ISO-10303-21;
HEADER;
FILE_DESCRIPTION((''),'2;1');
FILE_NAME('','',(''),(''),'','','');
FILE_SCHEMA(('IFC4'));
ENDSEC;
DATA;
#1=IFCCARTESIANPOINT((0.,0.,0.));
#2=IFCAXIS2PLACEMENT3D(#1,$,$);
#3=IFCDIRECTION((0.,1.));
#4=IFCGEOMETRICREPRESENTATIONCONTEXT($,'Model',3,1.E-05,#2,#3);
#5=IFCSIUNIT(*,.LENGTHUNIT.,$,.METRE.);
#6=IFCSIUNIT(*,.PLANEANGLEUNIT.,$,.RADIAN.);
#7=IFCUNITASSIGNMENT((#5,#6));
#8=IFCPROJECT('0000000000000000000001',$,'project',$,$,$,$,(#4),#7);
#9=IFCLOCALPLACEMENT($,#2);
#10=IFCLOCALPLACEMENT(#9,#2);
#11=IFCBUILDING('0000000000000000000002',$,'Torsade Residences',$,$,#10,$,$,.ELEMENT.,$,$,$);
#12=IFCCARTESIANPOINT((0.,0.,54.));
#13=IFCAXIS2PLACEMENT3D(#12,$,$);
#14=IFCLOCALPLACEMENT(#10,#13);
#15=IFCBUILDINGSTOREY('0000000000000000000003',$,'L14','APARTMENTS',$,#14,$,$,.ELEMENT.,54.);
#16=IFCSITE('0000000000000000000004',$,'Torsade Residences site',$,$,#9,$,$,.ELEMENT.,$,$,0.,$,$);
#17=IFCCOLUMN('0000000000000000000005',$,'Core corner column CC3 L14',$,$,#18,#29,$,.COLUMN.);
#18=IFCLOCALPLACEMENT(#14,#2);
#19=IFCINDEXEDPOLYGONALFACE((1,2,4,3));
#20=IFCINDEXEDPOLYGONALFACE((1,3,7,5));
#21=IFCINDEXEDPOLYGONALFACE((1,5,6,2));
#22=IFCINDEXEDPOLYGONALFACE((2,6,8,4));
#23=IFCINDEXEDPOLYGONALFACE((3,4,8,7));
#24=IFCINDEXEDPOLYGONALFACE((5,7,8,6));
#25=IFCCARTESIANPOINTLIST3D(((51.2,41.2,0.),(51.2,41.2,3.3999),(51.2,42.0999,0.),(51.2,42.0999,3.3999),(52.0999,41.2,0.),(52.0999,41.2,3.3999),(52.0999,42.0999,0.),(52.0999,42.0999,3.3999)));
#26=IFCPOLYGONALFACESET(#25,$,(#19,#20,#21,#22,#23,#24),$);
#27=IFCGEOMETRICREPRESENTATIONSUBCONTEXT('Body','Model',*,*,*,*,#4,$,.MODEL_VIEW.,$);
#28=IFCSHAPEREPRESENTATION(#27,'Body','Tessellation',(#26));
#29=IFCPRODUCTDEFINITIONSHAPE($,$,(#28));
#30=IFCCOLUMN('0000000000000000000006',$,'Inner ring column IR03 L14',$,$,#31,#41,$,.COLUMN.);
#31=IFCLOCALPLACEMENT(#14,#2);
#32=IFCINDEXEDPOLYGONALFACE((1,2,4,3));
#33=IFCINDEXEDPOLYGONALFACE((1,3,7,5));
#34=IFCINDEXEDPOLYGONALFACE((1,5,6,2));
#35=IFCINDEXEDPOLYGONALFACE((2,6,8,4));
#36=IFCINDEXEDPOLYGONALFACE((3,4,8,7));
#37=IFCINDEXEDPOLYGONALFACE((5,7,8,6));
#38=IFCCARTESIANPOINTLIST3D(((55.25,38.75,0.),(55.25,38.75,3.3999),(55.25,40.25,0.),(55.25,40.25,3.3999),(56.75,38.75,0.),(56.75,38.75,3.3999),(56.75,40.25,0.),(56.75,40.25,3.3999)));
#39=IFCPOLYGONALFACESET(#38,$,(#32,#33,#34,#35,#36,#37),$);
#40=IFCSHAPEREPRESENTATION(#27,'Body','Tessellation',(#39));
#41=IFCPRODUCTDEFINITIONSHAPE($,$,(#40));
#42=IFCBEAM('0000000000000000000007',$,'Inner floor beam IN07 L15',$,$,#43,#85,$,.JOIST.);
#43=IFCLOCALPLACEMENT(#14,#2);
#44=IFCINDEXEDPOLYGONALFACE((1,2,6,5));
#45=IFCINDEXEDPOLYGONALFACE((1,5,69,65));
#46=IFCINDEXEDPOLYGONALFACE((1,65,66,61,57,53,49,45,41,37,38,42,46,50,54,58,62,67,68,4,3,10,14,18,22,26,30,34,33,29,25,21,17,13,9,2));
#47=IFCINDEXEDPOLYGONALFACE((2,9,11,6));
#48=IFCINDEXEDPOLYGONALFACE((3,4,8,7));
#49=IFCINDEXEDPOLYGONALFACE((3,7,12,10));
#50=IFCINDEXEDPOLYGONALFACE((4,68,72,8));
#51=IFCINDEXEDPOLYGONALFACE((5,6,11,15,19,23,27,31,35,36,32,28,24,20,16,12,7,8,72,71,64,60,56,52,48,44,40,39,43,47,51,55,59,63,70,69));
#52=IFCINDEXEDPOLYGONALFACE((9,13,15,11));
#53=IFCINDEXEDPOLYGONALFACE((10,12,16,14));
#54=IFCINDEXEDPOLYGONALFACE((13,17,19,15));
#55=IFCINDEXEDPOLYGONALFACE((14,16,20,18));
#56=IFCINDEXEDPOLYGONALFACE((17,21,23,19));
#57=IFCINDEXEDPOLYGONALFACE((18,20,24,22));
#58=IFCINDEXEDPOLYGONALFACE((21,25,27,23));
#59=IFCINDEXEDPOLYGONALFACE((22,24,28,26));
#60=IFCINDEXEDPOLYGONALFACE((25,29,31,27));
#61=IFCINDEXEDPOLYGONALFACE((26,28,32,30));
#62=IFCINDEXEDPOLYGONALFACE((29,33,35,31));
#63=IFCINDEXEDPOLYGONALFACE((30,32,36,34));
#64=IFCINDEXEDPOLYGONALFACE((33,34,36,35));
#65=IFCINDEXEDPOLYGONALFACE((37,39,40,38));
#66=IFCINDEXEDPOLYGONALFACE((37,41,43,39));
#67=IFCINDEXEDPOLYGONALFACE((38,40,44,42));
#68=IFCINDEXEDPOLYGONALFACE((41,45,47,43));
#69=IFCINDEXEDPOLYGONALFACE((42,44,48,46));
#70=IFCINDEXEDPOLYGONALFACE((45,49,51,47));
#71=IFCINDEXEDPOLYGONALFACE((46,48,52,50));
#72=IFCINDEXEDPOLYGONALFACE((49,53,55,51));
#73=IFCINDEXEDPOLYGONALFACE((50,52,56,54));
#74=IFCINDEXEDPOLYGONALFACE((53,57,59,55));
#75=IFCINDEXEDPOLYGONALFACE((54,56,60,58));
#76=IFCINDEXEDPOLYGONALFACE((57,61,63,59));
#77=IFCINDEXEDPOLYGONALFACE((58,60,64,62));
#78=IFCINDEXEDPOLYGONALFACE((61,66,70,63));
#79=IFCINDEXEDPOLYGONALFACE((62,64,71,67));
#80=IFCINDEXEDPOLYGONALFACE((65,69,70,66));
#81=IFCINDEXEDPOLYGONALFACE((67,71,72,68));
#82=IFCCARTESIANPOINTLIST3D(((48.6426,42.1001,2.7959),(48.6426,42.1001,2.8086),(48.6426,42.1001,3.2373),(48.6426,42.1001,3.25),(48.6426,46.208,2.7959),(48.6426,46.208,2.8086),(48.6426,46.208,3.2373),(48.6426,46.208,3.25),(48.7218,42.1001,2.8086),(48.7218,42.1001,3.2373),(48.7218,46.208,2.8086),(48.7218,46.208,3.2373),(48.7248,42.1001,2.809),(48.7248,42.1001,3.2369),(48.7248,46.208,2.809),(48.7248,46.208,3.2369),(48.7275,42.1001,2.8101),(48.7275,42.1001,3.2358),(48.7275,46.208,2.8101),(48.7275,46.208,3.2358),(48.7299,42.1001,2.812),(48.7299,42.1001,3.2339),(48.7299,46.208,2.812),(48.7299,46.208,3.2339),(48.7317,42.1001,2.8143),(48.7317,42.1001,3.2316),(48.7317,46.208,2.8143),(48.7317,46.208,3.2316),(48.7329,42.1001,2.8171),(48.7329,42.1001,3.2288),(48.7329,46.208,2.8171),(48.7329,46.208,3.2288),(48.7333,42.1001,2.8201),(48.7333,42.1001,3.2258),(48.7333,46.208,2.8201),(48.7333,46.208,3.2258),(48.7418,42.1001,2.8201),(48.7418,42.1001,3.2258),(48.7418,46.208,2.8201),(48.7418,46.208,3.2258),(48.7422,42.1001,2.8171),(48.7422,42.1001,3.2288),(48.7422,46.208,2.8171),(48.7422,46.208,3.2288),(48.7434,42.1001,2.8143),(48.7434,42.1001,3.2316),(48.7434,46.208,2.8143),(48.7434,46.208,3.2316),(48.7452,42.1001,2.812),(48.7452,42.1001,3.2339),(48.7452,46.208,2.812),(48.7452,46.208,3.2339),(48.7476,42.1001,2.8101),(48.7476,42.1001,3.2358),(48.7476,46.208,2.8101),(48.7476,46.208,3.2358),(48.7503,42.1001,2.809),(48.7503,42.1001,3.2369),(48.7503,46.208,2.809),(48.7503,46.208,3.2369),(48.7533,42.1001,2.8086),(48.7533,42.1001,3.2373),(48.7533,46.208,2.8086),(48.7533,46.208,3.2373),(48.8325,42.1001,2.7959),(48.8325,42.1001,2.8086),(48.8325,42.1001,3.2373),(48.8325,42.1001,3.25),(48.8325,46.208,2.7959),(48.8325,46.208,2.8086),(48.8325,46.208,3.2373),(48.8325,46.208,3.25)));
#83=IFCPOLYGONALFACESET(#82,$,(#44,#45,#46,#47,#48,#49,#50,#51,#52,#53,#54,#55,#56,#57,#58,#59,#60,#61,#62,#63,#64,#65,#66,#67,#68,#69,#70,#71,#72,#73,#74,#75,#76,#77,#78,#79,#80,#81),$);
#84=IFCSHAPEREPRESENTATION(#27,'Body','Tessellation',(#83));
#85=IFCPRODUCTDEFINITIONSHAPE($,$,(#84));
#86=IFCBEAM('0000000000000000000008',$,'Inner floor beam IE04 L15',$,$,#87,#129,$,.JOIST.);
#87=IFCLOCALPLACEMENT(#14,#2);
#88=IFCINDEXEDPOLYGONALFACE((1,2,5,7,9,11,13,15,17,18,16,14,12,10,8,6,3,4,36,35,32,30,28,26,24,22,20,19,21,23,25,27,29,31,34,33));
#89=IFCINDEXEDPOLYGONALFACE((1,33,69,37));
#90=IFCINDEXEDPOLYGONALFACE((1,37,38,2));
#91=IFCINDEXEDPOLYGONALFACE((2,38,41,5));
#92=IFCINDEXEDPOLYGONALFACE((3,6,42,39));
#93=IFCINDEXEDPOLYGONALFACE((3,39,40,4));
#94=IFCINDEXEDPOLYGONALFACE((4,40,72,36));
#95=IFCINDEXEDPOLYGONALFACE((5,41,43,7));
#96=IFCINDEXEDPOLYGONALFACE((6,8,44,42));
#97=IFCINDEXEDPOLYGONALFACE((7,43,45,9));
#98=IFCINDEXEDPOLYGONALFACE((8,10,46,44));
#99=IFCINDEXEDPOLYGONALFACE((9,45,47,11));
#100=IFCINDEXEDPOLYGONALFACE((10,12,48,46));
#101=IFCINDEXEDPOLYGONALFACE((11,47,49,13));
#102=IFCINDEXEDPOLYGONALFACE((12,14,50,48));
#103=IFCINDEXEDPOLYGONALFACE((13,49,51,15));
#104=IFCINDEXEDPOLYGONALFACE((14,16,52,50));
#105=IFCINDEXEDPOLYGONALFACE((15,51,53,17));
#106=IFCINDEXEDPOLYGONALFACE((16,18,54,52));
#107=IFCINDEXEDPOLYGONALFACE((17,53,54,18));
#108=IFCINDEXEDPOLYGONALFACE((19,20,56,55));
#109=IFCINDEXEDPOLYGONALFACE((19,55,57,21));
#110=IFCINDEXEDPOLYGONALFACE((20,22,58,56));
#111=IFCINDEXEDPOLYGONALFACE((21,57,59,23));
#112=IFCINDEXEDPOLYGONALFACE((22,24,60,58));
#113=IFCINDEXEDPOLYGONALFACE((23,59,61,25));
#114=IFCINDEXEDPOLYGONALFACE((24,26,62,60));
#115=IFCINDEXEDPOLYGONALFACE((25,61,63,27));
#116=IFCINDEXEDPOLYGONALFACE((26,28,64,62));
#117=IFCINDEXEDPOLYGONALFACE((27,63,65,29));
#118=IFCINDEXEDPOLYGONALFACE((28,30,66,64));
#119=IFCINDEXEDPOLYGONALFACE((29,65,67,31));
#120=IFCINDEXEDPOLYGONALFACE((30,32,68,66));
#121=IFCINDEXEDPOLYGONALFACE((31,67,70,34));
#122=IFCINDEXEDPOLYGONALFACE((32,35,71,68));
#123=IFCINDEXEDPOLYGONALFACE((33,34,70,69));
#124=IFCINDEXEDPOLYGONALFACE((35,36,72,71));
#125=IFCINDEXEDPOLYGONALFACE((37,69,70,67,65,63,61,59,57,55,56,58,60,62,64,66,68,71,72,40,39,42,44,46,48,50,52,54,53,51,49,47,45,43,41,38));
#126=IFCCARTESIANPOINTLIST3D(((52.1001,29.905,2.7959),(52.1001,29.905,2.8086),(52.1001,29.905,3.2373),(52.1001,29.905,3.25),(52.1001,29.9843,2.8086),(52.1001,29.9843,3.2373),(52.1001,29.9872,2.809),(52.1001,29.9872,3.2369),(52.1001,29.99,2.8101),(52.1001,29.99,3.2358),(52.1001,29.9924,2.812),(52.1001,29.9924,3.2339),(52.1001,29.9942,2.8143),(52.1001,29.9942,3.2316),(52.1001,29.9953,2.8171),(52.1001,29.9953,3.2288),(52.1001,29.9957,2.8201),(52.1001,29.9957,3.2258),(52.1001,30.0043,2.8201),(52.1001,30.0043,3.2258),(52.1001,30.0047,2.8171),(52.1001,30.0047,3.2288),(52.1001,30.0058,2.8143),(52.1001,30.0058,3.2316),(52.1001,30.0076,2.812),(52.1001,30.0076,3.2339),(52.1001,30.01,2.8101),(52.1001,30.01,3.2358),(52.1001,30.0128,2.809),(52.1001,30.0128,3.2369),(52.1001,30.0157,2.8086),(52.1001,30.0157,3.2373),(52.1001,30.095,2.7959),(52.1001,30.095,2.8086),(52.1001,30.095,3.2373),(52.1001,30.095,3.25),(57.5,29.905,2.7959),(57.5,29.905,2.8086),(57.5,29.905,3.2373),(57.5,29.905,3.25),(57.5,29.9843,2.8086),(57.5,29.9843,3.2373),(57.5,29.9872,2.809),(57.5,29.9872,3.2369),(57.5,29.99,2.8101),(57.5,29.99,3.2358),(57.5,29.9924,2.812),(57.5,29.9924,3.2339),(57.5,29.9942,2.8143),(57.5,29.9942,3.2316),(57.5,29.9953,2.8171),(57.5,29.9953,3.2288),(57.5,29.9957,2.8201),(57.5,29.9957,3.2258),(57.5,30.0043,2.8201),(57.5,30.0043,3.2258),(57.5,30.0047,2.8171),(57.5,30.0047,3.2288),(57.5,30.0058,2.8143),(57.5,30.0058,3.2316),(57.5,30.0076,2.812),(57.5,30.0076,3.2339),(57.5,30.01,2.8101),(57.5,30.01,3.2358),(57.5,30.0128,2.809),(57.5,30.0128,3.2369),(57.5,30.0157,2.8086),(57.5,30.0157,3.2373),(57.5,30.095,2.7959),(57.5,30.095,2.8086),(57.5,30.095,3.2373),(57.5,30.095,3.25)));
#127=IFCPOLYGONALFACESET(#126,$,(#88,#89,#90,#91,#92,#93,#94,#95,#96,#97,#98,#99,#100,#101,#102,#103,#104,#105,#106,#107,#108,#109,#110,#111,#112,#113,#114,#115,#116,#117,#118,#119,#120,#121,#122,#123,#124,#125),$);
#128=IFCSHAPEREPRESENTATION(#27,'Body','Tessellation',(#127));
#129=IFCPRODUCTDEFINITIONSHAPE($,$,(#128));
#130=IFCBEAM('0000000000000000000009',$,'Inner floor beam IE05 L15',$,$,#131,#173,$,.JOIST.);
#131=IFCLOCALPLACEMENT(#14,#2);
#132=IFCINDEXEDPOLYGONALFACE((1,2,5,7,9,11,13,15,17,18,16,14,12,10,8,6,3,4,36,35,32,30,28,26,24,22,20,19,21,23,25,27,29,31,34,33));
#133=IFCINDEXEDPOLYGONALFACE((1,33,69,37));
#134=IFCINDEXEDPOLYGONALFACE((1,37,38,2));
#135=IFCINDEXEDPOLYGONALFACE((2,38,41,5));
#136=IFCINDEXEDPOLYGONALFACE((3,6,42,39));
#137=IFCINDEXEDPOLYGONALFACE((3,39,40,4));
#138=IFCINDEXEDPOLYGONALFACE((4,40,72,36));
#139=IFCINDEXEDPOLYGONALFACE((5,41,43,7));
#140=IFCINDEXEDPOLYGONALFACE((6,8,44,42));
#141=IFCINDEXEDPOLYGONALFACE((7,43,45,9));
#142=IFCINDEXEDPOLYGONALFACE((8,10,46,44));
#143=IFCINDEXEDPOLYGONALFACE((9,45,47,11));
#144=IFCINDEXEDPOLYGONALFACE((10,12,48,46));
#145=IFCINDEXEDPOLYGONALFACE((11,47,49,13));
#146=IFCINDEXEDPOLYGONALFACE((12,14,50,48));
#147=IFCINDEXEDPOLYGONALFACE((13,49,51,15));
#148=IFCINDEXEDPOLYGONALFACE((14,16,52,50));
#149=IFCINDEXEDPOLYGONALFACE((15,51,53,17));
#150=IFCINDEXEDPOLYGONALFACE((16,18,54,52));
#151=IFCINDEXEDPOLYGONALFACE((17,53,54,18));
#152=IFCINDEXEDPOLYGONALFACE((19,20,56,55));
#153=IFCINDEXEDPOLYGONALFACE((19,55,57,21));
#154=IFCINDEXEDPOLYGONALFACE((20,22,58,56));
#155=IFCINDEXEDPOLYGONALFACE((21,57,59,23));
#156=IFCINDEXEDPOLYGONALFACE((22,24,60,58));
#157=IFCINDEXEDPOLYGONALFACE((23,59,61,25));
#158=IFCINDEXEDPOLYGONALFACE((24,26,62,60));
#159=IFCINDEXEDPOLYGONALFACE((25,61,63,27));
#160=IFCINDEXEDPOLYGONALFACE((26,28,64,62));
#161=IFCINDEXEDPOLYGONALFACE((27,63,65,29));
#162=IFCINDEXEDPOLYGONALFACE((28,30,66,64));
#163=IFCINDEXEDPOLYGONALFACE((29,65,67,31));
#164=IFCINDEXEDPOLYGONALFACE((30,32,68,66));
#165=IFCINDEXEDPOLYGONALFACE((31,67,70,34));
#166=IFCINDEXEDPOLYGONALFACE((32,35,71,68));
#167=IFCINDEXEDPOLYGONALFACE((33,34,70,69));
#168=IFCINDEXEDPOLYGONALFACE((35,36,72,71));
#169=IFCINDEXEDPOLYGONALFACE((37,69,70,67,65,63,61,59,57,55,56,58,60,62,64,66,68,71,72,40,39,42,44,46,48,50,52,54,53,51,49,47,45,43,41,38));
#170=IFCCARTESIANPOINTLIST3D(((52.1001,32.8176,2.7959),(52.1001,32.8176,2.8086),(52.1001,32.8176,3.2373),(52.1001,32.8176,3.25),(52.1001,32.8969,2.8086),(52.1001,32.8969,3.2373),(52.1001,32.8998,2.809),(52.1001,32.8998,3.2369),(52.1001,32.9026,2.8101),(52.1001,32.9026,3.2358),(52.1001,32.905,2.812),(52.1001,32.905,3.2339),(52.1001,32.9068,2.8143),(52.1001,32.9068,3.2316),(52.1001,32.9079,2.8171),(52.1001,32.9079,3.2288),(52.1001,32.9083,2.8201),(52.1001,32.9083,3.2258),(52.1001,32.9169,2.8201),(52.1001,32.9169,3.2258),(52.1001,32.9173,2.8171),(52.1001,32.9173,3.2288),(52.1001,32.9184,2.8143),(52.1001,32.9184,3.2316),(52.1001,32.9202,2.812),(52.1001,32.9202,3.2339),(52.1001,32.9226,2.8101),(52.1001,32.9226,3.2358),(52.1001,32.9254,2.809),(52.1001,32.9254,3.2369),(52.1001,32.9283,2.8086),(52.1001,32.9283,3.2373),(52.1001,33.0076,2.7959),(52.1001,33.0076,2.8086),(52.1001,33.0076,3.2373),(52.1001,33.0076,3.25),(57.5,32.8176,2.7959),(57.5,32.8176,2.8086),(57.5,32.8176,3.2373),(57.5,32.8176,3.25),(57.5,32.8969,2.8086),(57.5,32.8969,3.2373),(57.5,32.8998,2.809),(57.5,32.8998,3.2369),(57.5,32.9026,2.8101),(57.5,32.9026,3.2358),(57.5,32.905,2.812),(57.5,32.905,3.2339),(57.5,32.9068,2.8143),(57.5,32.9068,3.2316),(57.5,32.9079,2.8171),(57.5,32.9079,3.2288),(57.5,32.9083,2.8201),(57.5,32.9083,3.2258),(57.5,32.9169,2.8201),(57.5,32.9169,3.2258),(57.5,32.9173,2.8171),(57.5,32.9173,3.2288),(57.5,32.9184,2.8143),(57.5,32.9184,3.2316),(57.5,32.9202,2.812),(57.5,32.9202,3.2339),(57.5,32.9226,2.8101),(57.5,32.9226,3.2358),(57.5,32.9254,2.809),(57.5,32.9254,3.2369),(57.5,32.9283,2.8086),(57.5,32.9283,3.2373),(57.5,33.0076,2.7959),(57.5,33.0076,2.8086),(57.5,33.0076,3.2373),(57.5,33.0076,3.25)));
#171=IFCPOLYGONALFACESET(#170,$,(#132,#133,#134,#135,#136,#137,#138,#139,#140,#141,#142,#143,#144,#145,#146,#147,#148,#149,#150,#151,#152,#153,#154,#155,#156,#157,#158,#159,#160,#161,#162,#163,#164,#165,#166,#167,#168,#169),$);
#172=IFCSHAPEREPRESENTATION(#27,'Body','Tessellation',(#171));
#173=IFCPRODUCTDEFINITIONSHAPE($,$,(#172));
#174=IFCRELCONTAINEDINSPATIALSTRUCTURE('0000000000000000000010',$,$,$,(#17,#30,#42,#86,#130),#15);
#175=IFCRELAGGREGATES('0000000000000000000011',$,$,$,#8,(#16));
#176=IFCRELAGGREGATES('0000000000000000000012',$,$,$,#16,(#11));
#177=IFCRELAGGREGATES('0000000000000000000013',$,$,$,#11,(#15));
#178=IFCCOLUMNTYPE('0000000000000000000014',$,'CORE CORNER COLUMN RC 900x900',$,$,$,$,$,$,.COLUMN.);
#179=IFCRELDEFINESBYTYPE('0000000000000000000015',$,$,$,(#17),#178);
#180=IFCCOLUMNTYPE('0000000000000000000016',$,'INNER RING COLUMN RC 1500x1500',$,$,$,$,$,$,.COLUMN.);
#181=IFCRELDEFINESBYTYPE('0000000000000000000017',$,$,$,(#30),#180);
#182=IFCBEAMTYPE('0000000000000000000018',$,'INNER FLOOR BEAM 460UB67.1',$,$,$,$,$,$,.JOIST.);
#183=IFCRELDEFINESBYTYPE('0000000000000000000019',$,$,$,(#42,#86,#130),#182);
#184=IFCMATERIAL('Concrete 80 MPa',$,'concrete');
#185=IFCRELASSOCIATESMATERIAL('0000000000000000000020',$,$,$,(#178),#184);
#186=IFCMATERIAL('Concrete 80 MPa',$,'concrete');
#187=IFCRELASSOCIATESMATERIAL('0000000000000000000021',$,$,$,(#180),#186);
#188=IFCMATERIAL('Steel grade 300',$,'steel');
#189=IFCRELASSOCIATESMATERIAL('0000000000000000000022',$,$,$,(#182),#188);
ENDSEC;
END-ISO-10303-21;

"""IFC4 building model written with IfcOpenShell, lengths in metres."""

from ifc_helpers import new_model, si_unit, direction, frame, origin, origin_2d, place, context, subcontext, project, spatial, rectangle, i_section, extrude, material, material_profile, profile_set, type_object, element, save


model = new_model("IFC4")

# Units and contexts
model_context = context("Model", 3, precision=1e-05, world=origin(), true_north=direction((0.0, 1.0)))
body_context = subcontext(model_context, "Body", "Model", "MODEL_VIEW")
ifc_project = project(units=[si_unit("LENGTHUNIT", "METRE"), si_unit("PLANEANGLEUNIT", "RADIAN")], contexts=[model_context])

# Site, building, storey
site_placement = place(None, origin())
site = spatial("IfcSite", under=ifc_project, at=site_placement, Name="Torsade Residences site", CompositionType="ELEMENT", RefElevation=0.0)
building_placement = place(site_placement, origin())
building = spatial("IfcBuilding", under=site, at=building_placement, Name="Torsade Residences", CompositionType="ELEMENT")
storey_placement = place(building_placement, frame((0.0, 0.0, 54.0)))
storey = spatial("IfcBuildingStorey", under=building, at=storey_placement, Name="L14", Description="APARTMENTS", CompositionType="ELEMENT", Elevation=54.0)

# Columns
ifc_material_1 = material(Name="Concrete 80 MPa", Category="concrete")
ifc_material_profile_1 = material_profile(ifc_material_1, rectangle(XDim=0.8999, YDim=0.8999, at=origin_2d()), Name="RC 900x900")
ifc_profile_set_1 = profile_set([ifc_material_profile_1], Name="Concrete 80 MPa")
column_type_1 = type_object("IfcColumnType", Name="CORE CORNER COLUMN RC 900x900", PredefinedType="COLUMN", material=ifc_profile_set_1)
column_1_placement = place(storey_placement, frame((51.6499, 41.6499, 0.0), z_axis=(0.0, 0.0, 1.0), x_axis=(1.0, 0.0, 0.0)))
element("IfcColumn", 1, at=column_1_placement, inside=storey, type_object=column_type_1, Name="Core corner column CC3 L14", PredefinedType="COLUMN", context=body_context, shape_type="SweptSolid", body=[
    extrude(rectangle(XDim=0.8999, YDim=0.8999, at=origin_2d()), origin(), (0.0, 0.0, 1.0), 3.3999),
])
ifc_material_2 = material(Name="Concrete 80 MPa", Category="concrete")
ifc_material_profile_2 = material_profile(ifc_material_2, rectangle(XDim=1.5, YDim=1.5, at=origin_2d()), Name="RC 1500x1500")
ifc_profile_set_2 = profile_set([ifc_material_profile_2], Name="Concrete 80 MPa")
column_type_2 = type_object("IfcColumnType", Name="INNER RING COLUMN RC 1500x1500", PredefinedType="COLUMN", material=ifc_profile_set_2)
column_2_placement = place(storey_placement, frame((56.0, 39.5, 0.0), z_axis=(0.0, 0.0, 1.0), x_axis=(1.0, 0.0, 0.0)))
element("IfcColumn", 2, at=column_2_placement, inside=storey, type_object=column_type_2, Name="Inner ring column IR03 L14", PredefinedType="COLUMN", context=body_context, shape_type="SweptSolid", body=[
    extrude(rectangle(XDim=1.5, YDim=1.5, at=origin_2d()), origin(), (0.0, 0.0, 1.0), 3.3999),
])

# Beams
ifc_material_3 = material(Name="Steel grade 300", Category="steel")
ifc_material_profile_3 = material_profile(ifc_material_3, i_section(OverallWidth=0.1899, OverallDepth=0.4541, WebThickness=0.0085, FlangeThickness=0.0127, FilletRadius=0.0115, at=origin_2d()), Name="460UB67.1")
ifc_profile_set_3 = profile_set([ifc_material_profile_3], Name="Steel grade 300")
beam_type_1 = type_object("IfcBeamType", Name="INNER FLOOR BEAM 460UB67.1", PredefinedType="JOIST", material=ifc_profile_set_3)
beam_1_placement = place(storey_placement, frame((48.7375, 42.1001, 3.0229), z_axis=(0.0, 1.0, 0.0), x_axis=(-1.0, 0.0, 0.0)))
element("IfcBeam", 3, at=beam_1_placement, inside=storey, type_object=beam_type_1, Name="Inner floor beam IN07 L15", PredefinedType="JOIST", context=body_context, shape_type="SweptSolid", body=[
    extrude(i_section(OverallWidth=0.1899, OverallDepth=0.4541, WebThickness=0.0085, FlangeThickness=0.0127, FilletRadius=0.0115, at=origin_2d()), origin(), (0.0, 0.0, 1.0), 4.1079),
])
for number, where, z_axis, x_axis, name in (
    (4, (52.1001, 30.0, 3.0229), (1.0, 0.0, 0.0), (0.0, 1.0, 0.0), "Inner floor beam IE04 L15"),
    (5, (52.1001, 32.9126, 3.0229), (1.0, 0.0, 0.0), (0.0, 1.0, 0.0), "Inner floor beam IE05 L15"),
):
    element("IfcBeam", number, at=place(storey_placement, frame(where, z_axis=z_axis, x_axis=x_axis)), inside=storey, type_object=beam_type_1, Name=name, PredefinedType="JOIST", context=body_context, shape_type="SweptSolid", body=[
        extrude(i_section(OverallWidth=0.1899, OverallDepth=0.4541, WebThickness=0.0085, FlangeThickness=0.0127, FilletRadius=0.0115, at=origin_2d()), origin(), (0.0, 0.0, 1.0), 5.3999),
    ])

save(model, "model.ifc")
